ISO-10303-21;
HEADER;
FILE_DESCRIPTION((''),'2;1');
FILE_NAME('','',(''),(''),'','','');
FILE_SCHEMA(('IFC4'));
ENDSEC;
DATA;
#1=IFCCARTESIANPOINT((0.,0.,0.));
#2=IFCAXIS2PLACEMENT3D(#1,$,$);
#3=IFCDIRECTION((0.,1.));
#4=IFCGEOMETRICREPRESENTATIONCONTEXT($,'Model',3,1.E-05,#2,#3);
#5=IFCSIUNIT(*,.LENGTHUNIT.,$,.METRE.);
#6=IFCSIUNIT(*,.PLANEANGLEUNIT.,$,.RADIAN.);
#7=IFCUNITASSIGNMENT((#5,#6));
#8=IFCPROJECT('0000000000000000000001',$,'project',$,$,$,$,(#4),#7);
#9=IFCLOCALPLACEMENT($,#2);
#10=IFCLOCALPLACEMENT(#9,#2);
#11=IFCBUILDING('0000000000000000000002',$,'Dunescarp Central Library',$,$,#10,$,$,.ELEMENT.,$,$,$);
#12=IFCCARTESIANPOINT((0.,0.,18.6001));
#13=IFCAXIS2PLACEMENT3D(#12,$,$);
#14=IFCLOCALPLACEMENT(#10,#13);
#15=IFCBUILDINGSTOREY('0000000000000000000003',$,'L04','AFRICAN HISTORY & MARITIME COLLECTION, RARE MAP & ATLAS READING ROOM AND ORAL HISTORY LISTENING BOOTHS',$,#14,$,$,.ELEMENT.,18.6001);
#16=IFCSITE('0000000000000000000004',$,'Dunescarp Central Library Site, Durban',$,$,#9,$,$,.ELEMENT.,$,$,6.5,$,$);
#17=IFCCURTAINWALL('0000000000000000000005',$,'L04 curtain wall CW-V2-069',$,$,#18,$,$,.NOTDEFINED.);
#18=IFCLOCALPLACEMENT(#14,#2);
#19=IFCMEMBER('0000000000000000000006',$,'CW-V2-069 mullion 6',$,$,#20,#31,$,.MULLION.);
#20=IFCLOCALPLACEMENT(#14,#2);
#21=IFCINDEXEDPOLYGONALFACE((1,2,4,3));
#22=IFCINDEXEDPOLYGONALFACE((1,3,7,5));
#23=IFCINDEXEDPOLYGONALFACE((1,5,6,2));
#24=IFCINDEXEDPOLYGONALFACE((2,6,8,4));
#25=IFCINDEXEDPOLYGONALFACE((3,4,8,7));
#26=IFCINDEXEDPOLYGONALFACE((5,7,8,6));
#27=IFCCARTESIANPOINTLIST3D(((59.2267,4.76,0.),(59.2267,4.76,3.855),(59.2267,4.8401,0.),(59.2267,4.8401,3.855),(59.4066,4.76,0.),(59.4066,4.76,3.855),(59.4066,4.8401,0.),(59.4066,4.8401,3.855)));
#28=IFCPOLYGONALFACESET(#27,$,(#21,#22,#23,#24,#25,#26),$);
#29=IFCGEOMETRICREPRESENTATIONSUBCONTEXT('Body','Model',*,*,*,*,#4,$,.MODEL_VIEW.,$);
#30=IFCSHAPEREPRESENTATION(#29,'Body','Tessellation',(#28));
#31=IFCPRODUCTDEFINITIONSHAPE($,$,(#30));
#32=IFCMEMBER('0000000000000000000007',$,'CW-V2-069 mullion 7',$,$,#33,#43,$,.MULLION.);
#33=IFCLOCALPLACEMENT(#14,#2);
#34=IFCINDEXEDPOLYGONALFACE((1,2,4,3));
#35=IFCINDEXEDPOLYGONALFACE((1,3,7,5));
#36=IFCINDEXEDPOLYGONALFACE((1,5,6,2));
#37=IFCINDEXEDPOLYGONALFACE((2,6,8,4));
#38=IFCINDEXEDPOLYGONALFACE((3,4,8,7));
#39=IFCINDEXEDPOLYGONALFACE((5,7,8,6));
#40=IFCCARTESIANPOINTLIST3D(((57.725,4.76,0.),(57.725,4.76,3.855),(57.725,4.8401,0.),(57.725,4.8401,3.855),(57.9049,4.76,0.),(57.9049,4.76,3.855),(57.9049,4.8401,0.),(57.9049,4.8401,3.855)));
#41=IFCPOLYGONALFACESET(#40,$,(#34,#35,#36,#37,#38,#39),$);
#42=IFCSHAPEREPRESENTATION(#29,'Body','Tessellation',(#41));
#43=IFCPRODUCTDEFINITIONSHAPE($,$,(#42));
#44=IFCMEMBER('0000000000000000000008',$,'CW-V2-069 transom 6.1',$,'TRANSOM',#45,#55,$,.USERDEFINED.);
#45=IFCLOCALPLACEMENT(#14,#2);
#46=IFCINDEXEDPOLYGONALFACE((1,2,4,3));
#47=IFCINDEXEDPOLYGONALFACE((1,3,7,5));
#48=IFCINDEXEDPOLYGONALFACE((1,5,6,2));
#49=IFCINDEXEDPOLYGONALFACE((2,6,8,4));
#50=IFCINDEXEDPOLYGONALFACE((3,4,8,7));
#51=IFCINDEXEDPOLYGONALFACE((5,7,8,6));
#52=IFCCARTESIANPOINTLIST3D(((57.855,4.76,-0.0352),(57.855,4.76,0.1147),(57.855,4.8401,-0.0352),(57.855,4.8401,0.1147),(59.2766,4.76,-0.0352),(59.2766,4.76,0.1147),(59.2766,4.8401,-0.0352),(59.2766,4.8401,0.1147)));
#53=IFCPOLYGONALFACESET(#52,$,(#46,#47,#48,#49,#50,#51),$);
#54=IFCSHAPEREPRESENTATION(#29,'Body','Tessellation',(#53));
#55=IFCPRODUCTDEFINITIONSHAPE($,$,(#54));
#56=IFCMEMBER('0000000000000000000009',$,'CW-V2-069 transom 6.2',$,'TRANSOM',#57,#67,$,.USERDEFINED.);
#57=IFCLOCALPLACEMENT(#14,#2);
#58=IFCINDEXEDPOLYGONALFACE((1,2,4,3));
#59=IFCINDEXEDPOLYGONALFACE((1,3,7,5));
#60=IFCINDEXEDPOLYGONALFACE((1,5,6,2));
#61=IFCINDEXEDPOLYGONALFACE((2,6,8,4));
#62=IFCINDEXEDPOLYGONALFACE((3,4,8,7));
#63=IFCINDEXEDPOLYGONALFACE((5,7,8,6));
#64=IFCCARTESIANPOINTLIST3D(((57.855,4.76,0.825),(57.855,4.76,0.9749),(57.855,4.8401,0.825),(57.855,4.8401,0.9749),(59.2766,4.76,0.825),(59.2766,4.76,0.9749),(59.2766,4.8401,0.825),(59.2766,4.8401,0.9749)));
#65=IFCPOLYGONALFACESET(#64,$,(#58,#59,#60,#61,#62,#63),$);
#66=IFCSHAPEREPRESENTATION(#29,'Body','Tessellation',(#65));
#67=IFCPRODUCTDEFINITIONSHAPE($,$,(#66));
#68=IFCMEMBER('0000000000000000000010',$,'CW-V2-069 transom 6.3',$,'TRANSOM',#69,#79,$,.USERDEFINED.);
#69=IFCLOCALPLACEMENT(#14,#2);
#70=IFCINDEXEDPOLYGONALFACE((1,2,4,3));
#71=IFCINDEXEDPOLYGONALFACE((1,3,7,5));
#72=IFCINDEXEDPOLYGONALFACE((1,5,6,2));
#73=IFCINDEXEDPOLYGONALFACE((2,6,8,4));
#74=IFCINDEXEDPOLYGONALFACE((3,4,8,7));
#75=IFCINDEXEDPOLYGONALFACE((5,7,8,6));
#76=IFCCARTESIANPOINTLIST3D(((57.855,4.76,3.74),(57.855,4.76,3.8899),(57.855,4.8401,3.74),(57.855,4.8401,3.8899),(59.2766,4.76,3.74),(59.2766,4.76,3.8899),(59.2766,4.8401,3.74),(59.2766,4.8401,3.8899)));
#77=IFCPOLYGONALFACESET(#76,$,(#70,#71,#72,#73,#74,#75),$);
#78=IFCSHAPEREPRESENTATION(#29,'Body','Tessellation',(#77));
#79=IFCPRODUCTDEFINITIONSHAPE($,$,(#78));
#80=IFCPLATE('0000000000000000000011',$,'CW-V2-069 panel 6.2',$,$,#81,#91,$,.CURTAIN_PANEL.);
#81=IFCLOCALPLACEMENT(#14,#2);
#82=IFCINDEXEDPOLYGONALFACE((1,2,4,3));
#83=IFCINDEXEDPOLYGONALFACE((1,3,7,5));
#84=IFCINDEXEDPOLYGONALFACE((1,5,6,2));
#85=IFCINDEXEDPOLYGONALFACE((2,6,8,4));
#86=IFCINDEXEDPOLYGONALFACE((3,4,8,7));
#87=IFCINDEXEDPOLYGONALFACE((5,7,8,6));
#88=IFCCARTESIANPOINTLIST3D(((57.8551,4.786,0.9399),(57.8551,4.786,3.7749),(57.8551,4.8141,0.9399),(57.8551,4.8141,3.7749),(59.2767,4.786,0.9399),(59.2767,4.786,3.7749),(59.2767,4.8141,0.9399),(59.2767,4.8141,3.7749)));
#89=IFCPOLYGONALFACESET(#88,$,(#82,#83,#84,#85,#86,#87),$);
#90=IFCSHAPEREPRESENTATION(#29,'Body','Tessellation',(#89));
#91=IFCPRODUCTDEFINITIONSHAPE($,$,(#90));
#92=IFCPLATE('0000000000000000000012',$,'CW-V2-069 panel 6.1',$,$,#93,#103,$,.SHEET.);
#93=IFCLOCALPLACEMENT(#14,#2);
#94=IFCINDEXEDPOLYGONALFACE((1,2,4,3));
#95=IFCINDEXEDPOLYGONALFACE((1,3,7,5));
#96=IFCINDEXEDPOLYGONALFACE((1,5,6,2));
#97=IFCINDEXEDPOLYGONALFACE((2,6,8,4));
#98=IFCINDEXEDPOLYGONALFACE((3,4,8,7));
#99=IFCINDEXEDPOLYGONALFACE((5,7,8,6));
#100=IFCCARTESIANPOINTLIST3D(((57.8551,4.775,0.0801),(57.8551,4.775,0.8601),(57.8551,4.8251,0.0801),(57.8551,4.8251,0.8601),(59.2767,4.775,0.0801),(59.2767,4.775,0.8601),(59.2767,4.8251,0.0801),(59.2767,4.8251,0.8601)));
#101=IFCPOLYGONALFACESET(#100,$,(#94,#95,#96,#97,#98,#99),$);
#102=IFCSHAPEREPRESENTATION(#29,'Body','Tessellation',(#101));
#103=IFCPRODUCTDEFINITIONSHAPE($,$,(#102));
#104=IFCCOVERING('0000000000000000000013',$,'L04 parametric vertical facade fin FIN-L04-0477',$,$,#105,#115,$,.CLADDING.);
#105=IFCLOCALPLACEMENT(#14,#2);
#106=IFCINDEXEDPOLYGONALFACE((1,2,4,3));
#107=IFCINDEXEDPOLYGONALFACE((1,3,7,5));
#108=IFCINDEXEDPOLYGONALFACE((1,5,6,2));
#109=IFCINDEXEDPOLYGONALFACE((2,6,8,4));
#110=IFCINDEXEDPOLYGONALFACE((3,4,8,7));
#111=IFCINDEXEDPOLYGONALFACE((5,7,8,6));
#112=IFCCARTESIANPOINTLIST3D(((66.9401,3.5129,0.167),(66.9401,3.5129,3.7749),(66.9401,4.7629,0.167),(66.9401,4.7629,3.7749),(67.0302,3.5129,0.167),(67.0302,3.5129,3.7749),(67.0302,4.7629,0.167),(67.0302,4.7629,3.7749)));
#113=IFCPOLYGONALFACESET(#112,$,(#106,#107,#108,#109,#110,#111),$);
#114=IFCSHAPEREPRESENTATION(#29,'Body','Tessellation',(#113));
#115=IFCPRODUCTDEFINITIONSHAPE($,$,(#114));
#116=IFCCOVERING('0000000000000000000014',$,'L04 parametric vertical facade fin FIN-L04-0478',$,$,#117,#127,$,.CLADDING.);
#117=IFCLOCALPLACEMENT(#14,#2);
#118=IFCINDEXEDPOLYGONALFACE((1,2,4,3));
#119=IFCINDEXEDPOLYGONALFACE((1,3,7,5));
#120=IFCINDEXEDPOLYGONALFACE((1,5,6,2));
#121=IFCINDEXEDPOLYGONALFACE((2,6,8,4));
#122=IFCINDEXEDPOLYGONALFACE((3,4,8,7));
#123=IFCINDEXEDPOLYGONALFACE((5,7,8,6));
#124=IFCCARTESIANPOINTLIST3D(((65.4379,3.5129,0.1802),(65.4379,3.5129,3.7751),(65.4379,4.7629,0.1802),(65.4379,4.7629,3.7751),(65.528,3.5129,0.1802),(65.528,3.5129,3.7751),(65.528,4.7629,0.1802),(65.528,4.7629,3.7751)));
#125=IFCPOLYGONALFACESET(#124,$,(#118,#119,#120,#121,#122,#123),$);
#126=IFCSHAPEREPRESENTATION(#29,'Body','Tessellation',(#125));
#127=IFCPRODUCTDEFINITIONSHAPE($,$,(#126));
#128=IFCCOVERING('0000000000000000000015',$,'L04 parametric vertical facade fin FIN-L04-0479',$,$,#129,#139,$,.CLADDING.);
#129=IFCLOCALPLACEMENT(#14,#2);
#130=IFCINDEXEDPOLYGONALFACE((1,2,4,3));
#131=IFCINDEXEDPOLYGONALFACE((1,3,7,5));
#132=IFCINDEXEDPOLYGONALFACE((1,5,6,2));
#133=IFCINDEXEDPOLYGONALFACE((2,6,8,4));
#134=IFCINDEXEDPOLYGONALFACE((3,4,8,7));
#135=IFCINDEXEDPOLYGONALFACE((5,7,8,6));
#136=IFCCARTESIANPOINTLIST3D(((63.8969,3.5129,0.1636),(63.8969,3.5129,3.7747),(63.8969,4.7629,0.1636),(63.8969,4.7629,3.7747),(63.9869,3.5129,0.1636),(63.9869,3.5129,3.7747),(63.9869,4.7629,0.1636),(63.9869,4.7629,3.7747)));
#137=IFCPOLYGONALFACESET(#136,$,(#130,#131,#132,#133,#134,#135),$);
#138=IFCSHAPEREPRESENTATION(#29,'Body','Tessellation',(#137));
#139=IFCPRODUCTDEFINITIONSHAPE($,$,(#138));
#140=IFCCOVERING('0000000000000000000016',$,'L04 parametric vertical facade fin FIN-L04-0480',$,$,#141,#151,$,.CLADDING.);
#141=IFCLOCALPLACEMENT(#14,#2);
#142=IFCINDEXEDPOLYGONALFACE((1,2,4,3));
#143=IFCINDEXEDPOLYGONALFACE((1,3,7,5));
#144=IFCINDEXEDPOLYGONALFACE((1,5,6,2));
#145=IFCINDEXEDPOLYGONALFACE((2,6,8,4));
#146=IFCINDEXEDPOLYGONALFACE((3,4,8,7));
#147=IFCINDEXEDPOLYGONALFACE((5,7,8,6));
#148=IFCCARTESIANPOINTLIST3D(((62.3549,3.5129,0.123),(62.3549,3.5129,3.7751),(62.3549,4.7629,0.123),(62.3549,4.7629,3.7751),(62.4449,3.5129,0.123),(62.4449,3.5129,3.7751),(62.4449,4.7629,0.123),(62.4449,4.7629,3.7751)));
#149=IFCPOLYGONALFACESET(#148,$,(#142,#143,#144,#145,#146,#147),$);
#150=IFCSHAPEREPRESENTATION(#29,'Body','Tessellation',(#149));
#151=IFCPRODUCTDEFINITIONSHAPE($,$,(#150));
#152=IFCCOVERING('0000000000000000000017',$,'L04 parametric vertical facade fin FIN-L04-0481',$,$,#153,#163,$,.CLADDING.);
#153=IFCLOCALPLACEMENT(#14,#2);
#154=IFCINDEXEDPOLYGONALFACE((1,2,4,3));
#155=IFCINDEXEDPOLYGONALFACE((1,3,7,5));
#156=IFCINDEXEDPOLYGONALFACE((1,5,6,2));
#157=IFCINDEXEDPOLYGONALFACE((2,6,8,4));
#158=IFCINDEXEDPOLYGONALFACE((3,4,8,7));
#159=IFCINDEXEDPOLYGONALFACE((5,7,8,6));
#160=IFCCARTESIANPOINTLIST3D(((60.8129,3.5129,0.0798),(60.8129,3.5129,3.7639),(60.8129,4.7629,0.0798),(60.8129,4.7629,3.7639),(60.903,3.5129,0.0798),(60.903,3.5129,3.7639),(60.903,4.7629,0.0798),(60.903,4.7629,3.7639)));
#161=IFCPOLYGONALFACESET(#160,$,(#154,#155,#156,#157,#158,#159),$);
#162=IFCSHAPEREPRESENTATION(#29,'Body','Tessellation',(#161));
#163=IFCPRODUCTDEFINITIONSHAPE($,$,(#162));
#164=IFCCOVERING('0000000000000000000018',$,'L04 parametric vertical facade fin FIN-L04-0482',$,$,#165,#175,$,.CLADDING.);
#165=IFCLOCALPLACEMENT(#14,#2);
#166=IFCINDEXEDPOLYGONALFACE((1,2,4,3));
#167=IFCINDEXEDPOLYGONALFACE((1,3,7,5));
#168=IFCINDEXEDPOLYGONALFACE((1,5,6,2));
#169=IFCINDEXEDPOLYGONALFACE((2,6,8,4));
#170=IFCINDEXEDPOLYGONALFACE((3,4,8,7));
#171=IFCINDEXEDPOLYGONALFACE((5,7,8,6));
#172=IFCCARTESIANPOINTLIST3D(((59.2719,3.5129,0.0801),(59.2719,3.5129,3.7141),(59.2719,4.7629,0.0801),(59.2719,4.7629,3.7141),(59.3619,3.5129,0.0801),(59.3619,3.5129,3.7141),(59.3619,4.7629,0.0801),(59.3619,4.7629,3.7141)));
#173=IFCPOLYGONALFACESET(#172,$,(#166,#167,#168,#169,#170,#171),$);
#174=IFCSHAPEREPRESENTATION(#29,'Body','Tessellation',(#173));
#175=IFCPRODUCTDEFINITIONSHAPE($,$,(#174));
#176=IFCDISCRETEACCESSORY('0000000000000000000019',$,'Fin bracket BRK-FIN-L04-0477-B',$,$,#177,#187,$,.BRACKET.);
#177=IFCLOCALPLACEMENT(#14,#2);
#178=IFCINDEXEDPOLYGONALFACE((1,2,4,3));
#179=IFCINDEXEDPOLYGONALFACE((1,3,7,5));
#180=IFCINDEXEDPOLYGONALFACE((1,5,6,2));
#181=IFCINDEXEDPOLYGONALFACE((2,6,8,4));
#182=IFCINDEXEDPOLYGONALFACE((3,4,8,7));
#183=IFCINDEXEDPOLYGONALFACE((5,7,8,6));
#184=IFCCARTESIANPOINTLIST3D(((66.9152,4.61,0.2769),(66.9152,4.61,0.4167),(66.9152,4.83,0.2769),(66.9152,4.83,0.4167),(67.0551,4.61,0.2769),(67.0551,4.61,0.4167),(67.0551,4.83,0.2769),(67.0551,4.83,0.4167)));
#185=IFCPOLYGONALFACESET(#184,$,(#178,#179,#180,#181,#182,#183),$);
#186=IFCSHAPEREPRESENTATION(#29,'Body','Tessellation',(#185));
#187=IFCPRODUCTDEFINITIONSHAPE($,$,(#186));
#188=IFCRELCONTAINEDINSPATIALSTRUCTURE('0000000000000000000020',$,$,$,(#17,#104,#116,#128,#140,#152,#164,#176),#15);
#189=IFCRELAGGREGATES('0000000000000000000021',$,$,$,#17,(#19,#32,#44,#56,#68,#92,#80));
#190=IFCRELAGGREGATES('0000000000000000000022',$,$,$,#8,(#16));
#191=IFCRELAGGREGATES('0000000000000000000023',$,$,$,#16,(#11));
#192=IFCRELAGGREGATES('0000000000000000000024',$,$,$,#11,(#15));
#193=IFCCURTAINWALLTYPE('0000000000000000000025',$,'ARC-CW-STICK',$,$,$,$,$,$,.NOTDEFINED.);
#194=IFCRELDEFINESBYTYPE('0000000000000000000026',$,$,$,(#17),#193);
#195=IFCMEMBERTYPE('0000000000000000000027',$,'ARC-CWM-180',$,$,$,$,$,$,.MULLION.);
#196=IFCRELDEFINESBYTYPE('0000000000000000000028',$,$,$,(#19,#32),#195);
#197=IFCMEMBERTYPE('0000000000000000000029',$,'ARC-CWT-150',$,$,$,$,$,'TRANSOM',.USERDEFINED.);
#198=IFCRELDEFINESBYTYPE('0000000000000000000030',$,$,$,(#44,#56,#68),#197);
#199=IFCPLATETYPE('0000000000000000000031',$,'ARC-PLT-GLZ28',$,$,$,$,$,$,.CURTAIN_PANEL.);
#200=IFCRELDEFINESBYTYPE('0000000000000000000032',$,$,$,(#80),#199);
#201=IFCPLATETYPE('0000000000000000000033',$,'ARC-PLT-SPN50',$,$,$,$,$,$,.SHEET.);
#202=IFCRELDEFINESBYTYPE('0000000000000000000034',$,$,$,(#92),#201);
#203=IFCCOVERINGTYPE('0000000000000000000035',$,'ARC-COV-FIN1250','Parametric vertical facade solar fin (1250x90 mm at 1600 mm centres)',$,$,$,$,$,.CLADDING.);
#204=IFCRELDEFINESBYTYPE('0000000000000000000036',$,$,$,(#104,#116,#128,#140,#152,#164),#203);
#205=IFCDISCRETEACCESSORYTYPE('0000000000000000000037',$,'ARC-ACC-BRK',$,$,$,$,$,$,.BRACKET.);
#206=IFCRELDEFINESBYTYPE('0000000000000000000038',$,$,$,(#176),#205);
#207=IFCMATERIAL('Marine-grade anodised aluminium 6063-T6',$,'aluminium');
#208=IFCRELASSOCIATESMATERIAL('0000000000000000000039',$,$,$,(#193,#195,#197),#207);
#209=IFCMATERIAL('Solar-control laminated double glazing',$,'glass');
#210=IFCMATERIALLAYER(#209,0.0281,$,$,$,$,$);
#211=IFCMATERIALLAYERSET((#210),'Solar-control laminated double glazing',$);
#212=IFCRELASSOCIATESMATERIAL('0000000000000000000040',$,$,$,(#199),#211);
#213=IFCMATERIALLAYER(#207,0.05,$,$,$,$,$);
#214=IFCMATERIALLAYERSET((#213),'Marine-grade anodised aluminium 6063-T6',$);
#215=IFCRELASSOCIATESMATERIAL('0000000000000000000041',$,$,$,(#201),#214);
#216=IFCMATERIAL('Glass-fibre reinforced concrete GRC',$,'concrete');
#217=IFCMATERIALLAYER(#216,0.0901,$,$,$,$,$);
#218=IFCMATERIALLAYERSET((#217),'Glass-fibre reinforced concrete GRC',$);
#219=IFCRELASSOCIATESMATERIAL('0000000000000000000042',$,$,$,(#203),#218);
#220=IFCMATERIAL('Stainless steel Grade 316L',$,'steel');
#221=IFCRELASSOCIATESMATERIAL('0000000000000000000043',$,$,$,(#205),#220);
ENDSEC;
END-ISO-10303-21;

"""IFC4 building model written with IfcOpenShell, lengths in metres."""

from ifc_helpers import new_model, si_unit, direction, frame, origin, origin_2d, place, context, subcontext, project, spatial, rectangle, extrude, material, layer, layer_set, material_profile, profile_set, type_object, element, aggregate, save


model = new_model("IFC4")

# Units and contexts
model_context = context("Model", 3, precision=1e-05, world=origin(), true_north=direction((0.0, 1.0)))
body_context = subcontext(model_context, "Body", "Model", "MODEL_VIEW")
ifc_project = project(units=[si_unit("LENGTHUNIT", "METRE"), si_unit("PLANEANGLEUNIT", "RADIAN")], contexts=[model_context])

# Site, building, storey
site_placement = place(None, origin())
site = spatial("IfcSite", under=ifc_project, at=site_placement, Name="Dunescarp Central Library Site, Durban", CompositionType="ELEMENT", RefElevation=6.5)
building_placement = place(site_placement, origin())
building = spatial("IfcBuilding", under=site, at=building_placement, Name="Dunescarp Central Library", CompositionType="ELEMENT")
storey_placement = place(building_placement, frame((0.0, 0.0, 18.6001)))
storey = spatial("IfcBuildingStorey", under=building, at=storey_placement, Name="L04", Description="AFRICAN HISTORY & MARITIME COLLECTION, RARE MAP & ATLAS READING ROOM AND ORAL HISTORY LISTENING BOOTHS", CompositionType="ELEMENT", Elevation=18.6001)

# Curtain wall, members, plates
ifc_material_1 = material(Name="Marine-grade anodised aluminium 6063-T6", Category="aluminium")
curtain_wall_type = type_object("IfcCurtainWallType", Name="ARC-CW-STICK", PredefinedType="NOTDEFINED", material=ifc_material_1)
curtain_wall_placement = place(storey_placement, origin())
curtain_wall = element("IfcCurtainWall", 1, at=curtain_wall_placement, inside=storey, type_object=curtain_wall_type, Name="L04 curtain wall CW-V2-069", PredefinedType="NOTDEFINED")
ifc_material_profile_1 = material_profile(ifc_material_1, rectangle(XDim=0.0801, YDim=0.1799, at=origin_2d()), Name="AL 80x180")
ifc_profile_set_1 = profile_set([ifc_material_profile_1], Name="Marine-grade anodised aluminium 6063-T6")
member_type_1 = type_object("IfcMemberType", Name="ARC-CWM-180", PredefinedType="MULLION", material=ifc_profile_set_1)
member_1_placement = place(storey_placement, frame((59.3167, 4.8, 0.0), z_axis=(0.0, 0.0, 1.0), x_axis=(0.0, -1.0, 0.0)))
member_1 = element("IfcMember", 2, at=member_1_placement, type_object=member_type_1, Name="CW-V2-069 mullion 6", PredefinedType="MULLION", context=body_context, shape_type="SweptSolid", body=[
    extrude(rectangle(XDim=0.0801, YDim=0.1799, at=origin_2d()), origin(), (0.0, 0.0, 1.0), 3.855),
])
member_2_placement = place(storey_placement, frame((57.8149, 4.8, 0.0), z_axis=(0.0, 0.0, 1.0), x_axis=(0.0, -1.0, 0.0)))
member_2 = element("IfcMember", 3, at=member_2_placement, type_object=member_type_1, Name="CW-V2-069 mullion 7", PredefinedType="MULLION", context=body_context, shape_type="SweptSolid", body=[
    extrude(rectangle(XDim=0.0801, YDim=0.1799, at=origin_2d()), origin(), (0.0, 0.0, 1.0), 3.855),
])
ifc_material_profile_2 = material_profile(ifc_material_1, rectangle(XDim=0.0801, YDim=0.1499, at=origin_2d()), Name="AL 80x150")
ifc_profile_set_2 = profile_set([ifc_material_profile_2], Name="Marine-grade anodised aluminium 6063-T6")
member_type_2 = type_object("IfcMemberType", Name="ARC-CWT-150", ElementType="TRANSOM", PredefinedType="USERDEFINED", material=ifc_profile_set_2)
member_3_placement = place(storey_placement, frame((59.2766, 4.8, 0.0398), z_axis=(-1.0, 0.0, 0.0), x_axis=(0.0, -1.0, 0.0)))
member_3 = element("IfcMember", 4, at=member_3_placement, type_object=member_type_2, Name="CW-V2-069 transom 6.1", ObjectType="TRANSOM", PredefinedType="USERDEFINED", context=body_context, shape_type="SweptSolid", body=[
    extrude(rectangle(XDim=0.0801, YDim=0.1499, at=origin_2d()), origin(), (0.0, 0.0, 1.0), 1.4216),
])
member_4_placement = place(storey_placement, frame((59.2766, 4.8, 0.8999), z_axis=(-1.0, 0.0, 0.0), x_axis=(0.0, -1.0, 0.0)))
member_4 = element("IfcMember", 5, at=member_4_placement, type_object=member_type_2, Name="CW-V2-069 transom 6.2", ObjectType="TRANSOM", PredefinedType="USERDEFINED", context=body_context, shape_type="SweptSolid", body=[
    extrude(rectangle(XDim=0.0801, YDim=0.1499, at=origin_2d()), origin(), (0.0, 0.0, 1.0), 1.4216),
])
member_5_placement = place(storey_placement, frame((59.2766, 4.8, 3.8149), z_axis=(-1.0, 0.0, 0.0), x_axis=(0.0, -1.0, 0.0)))
member_5 = element("IfcMember", 6, at=member_5_placement, type_object=member_type_2, Name="CW-V2-069 transom 6.3", ObjectType="TRANSOM", PredefinedType="USERDEFINED", context=body_context, shape_type="SweptSolid", body=[
    extrude(rectangle(XDim=0.0801, YDim=0.1499, at=origin_2d()), origin(), (0.0, 0.0, 1.0), 1.4216),
])
ifc_material_2 = material(Name="Solar-control laminated double glazing", Category="glass")
ifc_layer_1 = layer(ifc_material_2, 0.0281)
ifc_layer_set_1 = layer_set([ifc_layer_1], Name="Solar-control laminated double glazing")
plate_type_1 = type_object("IfcPlateType", Name="ARC-PLT-GLZ28", PredefinedType="CURTAIN_PANEL", material=ifc_layer_set_1)
plate_1_placement = place(storey_placement, frame((58.5659, 4.8, 0.9399), z_axis=(0.0, 0.0, 1.0), x_axis=(-1.0, 0.0, 0.0)))
plate_1 = element("IfcPlate", 7, at=plate_1_placement, type_object=plate_type_1, Name="CW-V2-069 panel 6.2", PredefinedType="CURTAIN_PANEL", context=body_context, shape_type="SweptSolid", body=[
    extrude(rectangle(XDim=1.4216, YDim=0.0281, at=origin_2d()), origin(), (0.0, 0.0, 1.0), 2.835),
])
ifc_layer_2 = layer(ifc_material_1, 0.05)
ifc_layer_set_2 = layer_set([ifc_layer_2], Name="Marine-grade anodised aluminium 6063-T6")
plate_type_2 = type_object("IfcPlateType", Name="ARC-PLT-SPN50", PredefinedType="SHEET", material=ifc_layer_set_2)
plate_2_placement = place(storey_placement, frame((58.5659, 4.8, 0.0801), z_axis=(0.0, 0.0, 1.0), x_axis=(-1.0, 0.0, 0.0)))
plate_2 = element("IfcPlate", 8, at=plate_2_placement, type_object=plate_type_2, Name="CW-V2-069 panel 6.1", PredefinedType="SHEET", context=body_context, shape_type="SweptSolid", body=[
    extrude(rectangle(XDim=1.4216, YDim=0.05, at=origin_2d()), origin(), (0.0, 0.0, 1.0), 0.78),
])
aggregate(curtain_wall, [member_1, member_2, member_3, member_4, member_5, plate_2, plate_1])

# Coverings
ifc_material_3 = material(Name="Glass-fibre reinforced concrete GRC", Category="concrete")
ifc_layer_3 = layer(ifc_material_3, 0.0901)
ifc_layer_set_3 = layer_set([ifc_layer_3], Name="Glass-fibre reinforced concrete GRC")
covering_type = type_object("IfcCoveringType", Name="ARC-COV-FIN1250", Description="Parametric vertical facade solar fin (1250x90 mm at 1600 mm centres)", PredefinedType="CLADDING", material=ifc_layer_set_3)
covering_1_placement = place(storey_placement, frame((66.9851, 4.1379, 0.167), z_axis=(0.0, 0.0, 1.0), x_axis=(0.0, -1.0, 0.0)))
element("IfcCovering", 9, at=covering_1_placement, inside=storey, type_object=covering_type, Name="L04 parametric vertical facade fin FIN-L04-0477", PredefinedType="CLADDING", context=body_context, shape_type="SweptSolid", body=[
    extrude(rectangle(XDim=1.25, YDim=0.0901, at=origin_2d()), origin(), (0.0, 0.0, 1.0), 3.6079),
])
covering_2_placement = place(storey_placement, frame((65.4829, 4.1379, 0.1802), z_axis=(0.0, 0.0, 1.0), x_axis=(0.0, -1.0, 0.0)))
element("IfcCovering", 10, at=covering_2_placement, inside=storey, type_object=covering_type, Name="L04 parametric vertical facade fin FIN-L04-0478", PredefinedType="CLADDING", context=body_context, shape_type="SweptSolid", body=[
    extrude(rectangle(XDim=1.25, YDim=0.0901, at=origin_2d()), origin(), (0.0, 0.0, 1.0), 3.595),
])
covering_3_placement = place(storey_placement, frame((63.9419, 4.1379, 0.1636), z_axis=(0.0, 0.0, 1.0), x_axis=(0.0, -1.0, 0.0)))
element("IfcCovering", 11, at=covering_3_placement, inside=storey, type_object=covering_type, Name="L04 parametric vertical facade fin FIN-L04-0479", PredefinedType="CLADDING", context=body_context, shape_type="SweptSolid", body=[
    extrude(rectangle(XDim=1.25, YDim=0.0901, at=origin_2d()), origin(), (0.0, 0.0, 1.0), 3.6111),
])
covering_4_placement = place(storey_placement, frame((62.3999, 4.1379, 0.123), z_axis=(0.0, 0.0, 1.0), x_axis=(0.0, -1.0, 0.0)))
element("IfcCovering", 12, at=covering_4_placement, inside=storey, type_object=covering_type, Name="L04 parametric vertical facade fin FIN-L04-0480", PredefinedType="CLADDING", context=body_context, shape_type="SweptSolid", body=[
    extrude(rectangle(XDim=1.25, YDim=0.0901, at=origin_2d()), origin(), (0.0, 0.0, 1.0), 3.6521),
])
covering_5_placement = place(storey_placement, frame((60.8579, 4.1379, 0.0798), z_axis=(0.0, 0.0, 1.0), x_axis=(0.0, -1.0, 0.0)))
element("IfcCovering", 13, at=covering_5_placement, inside=storey, type_object=covering_type, Name="L04 parametric vertical facade fin FIN-L04-0481", PredefinedType="CLADDING", context=body_context, shape_type="SweptSolid", body=[
    extrude(rectangle(XDim=1.25, YDim=0.0901, at=origin_2d()), origin(), (0.0, 0.0, 1.0), 3.6841),
])
covering_6_placement = place(storey_placement, frame((59.3169, 4.1379, 0.0801), z_axis=(0.0, 0.0, 1.0), x_axis=(0.0, -1.0, 0.0)))
element("IfcCovering", 14, at=covering_6_placement, inside=storey, type_object=covering_type, Name="L04 parametric vertical facade fin FIN-L04-0482", PredefinedType="CLADDING", context=body_context, shape_type="SweptSolid", body=[
    extrude(rectangle(XDim=1.25, YDim=0.0901, at=origin_2d()), origin(), (0.0, 0.0, 1.0), 3.634),
])

# Discrete accessory
ifc_material_4 = material(Name="Stainless steel Grade 316L", Category="steel")
discrete_accessory_type = type_object("IfcDiscreteAccessoryType", Name="ARC-ACC-BRK", PredefinedType="BRACKET", material=ifc_material_4)
for number, where, z_axis, x_axis, name in (
    (15, (66.9851, 4.72, 0.2769), (0.0, 0.0, 1.0), (0.0, -1.0, 0.0), "Fin bracket BRK-FIN-L04-0477-B"),
):
    element("IfcDiscreteAccessory", number, at=place(storey_placement, frame(where, z_axis=z_axis, x_axis=x_axis)), inside=storey, type_object=discrete_accessory_type, Name=name, PredefinedType="BRACKET", context=body_context, shape_type="SweptSolid", body=[
        extrude(rectangle(XDim=0.22, YDim=0.1399, at=origin_2d()), origin(), (0.0, 0.0, 1.0), 0.1399),
    ])

save(model, "model.ifc")
